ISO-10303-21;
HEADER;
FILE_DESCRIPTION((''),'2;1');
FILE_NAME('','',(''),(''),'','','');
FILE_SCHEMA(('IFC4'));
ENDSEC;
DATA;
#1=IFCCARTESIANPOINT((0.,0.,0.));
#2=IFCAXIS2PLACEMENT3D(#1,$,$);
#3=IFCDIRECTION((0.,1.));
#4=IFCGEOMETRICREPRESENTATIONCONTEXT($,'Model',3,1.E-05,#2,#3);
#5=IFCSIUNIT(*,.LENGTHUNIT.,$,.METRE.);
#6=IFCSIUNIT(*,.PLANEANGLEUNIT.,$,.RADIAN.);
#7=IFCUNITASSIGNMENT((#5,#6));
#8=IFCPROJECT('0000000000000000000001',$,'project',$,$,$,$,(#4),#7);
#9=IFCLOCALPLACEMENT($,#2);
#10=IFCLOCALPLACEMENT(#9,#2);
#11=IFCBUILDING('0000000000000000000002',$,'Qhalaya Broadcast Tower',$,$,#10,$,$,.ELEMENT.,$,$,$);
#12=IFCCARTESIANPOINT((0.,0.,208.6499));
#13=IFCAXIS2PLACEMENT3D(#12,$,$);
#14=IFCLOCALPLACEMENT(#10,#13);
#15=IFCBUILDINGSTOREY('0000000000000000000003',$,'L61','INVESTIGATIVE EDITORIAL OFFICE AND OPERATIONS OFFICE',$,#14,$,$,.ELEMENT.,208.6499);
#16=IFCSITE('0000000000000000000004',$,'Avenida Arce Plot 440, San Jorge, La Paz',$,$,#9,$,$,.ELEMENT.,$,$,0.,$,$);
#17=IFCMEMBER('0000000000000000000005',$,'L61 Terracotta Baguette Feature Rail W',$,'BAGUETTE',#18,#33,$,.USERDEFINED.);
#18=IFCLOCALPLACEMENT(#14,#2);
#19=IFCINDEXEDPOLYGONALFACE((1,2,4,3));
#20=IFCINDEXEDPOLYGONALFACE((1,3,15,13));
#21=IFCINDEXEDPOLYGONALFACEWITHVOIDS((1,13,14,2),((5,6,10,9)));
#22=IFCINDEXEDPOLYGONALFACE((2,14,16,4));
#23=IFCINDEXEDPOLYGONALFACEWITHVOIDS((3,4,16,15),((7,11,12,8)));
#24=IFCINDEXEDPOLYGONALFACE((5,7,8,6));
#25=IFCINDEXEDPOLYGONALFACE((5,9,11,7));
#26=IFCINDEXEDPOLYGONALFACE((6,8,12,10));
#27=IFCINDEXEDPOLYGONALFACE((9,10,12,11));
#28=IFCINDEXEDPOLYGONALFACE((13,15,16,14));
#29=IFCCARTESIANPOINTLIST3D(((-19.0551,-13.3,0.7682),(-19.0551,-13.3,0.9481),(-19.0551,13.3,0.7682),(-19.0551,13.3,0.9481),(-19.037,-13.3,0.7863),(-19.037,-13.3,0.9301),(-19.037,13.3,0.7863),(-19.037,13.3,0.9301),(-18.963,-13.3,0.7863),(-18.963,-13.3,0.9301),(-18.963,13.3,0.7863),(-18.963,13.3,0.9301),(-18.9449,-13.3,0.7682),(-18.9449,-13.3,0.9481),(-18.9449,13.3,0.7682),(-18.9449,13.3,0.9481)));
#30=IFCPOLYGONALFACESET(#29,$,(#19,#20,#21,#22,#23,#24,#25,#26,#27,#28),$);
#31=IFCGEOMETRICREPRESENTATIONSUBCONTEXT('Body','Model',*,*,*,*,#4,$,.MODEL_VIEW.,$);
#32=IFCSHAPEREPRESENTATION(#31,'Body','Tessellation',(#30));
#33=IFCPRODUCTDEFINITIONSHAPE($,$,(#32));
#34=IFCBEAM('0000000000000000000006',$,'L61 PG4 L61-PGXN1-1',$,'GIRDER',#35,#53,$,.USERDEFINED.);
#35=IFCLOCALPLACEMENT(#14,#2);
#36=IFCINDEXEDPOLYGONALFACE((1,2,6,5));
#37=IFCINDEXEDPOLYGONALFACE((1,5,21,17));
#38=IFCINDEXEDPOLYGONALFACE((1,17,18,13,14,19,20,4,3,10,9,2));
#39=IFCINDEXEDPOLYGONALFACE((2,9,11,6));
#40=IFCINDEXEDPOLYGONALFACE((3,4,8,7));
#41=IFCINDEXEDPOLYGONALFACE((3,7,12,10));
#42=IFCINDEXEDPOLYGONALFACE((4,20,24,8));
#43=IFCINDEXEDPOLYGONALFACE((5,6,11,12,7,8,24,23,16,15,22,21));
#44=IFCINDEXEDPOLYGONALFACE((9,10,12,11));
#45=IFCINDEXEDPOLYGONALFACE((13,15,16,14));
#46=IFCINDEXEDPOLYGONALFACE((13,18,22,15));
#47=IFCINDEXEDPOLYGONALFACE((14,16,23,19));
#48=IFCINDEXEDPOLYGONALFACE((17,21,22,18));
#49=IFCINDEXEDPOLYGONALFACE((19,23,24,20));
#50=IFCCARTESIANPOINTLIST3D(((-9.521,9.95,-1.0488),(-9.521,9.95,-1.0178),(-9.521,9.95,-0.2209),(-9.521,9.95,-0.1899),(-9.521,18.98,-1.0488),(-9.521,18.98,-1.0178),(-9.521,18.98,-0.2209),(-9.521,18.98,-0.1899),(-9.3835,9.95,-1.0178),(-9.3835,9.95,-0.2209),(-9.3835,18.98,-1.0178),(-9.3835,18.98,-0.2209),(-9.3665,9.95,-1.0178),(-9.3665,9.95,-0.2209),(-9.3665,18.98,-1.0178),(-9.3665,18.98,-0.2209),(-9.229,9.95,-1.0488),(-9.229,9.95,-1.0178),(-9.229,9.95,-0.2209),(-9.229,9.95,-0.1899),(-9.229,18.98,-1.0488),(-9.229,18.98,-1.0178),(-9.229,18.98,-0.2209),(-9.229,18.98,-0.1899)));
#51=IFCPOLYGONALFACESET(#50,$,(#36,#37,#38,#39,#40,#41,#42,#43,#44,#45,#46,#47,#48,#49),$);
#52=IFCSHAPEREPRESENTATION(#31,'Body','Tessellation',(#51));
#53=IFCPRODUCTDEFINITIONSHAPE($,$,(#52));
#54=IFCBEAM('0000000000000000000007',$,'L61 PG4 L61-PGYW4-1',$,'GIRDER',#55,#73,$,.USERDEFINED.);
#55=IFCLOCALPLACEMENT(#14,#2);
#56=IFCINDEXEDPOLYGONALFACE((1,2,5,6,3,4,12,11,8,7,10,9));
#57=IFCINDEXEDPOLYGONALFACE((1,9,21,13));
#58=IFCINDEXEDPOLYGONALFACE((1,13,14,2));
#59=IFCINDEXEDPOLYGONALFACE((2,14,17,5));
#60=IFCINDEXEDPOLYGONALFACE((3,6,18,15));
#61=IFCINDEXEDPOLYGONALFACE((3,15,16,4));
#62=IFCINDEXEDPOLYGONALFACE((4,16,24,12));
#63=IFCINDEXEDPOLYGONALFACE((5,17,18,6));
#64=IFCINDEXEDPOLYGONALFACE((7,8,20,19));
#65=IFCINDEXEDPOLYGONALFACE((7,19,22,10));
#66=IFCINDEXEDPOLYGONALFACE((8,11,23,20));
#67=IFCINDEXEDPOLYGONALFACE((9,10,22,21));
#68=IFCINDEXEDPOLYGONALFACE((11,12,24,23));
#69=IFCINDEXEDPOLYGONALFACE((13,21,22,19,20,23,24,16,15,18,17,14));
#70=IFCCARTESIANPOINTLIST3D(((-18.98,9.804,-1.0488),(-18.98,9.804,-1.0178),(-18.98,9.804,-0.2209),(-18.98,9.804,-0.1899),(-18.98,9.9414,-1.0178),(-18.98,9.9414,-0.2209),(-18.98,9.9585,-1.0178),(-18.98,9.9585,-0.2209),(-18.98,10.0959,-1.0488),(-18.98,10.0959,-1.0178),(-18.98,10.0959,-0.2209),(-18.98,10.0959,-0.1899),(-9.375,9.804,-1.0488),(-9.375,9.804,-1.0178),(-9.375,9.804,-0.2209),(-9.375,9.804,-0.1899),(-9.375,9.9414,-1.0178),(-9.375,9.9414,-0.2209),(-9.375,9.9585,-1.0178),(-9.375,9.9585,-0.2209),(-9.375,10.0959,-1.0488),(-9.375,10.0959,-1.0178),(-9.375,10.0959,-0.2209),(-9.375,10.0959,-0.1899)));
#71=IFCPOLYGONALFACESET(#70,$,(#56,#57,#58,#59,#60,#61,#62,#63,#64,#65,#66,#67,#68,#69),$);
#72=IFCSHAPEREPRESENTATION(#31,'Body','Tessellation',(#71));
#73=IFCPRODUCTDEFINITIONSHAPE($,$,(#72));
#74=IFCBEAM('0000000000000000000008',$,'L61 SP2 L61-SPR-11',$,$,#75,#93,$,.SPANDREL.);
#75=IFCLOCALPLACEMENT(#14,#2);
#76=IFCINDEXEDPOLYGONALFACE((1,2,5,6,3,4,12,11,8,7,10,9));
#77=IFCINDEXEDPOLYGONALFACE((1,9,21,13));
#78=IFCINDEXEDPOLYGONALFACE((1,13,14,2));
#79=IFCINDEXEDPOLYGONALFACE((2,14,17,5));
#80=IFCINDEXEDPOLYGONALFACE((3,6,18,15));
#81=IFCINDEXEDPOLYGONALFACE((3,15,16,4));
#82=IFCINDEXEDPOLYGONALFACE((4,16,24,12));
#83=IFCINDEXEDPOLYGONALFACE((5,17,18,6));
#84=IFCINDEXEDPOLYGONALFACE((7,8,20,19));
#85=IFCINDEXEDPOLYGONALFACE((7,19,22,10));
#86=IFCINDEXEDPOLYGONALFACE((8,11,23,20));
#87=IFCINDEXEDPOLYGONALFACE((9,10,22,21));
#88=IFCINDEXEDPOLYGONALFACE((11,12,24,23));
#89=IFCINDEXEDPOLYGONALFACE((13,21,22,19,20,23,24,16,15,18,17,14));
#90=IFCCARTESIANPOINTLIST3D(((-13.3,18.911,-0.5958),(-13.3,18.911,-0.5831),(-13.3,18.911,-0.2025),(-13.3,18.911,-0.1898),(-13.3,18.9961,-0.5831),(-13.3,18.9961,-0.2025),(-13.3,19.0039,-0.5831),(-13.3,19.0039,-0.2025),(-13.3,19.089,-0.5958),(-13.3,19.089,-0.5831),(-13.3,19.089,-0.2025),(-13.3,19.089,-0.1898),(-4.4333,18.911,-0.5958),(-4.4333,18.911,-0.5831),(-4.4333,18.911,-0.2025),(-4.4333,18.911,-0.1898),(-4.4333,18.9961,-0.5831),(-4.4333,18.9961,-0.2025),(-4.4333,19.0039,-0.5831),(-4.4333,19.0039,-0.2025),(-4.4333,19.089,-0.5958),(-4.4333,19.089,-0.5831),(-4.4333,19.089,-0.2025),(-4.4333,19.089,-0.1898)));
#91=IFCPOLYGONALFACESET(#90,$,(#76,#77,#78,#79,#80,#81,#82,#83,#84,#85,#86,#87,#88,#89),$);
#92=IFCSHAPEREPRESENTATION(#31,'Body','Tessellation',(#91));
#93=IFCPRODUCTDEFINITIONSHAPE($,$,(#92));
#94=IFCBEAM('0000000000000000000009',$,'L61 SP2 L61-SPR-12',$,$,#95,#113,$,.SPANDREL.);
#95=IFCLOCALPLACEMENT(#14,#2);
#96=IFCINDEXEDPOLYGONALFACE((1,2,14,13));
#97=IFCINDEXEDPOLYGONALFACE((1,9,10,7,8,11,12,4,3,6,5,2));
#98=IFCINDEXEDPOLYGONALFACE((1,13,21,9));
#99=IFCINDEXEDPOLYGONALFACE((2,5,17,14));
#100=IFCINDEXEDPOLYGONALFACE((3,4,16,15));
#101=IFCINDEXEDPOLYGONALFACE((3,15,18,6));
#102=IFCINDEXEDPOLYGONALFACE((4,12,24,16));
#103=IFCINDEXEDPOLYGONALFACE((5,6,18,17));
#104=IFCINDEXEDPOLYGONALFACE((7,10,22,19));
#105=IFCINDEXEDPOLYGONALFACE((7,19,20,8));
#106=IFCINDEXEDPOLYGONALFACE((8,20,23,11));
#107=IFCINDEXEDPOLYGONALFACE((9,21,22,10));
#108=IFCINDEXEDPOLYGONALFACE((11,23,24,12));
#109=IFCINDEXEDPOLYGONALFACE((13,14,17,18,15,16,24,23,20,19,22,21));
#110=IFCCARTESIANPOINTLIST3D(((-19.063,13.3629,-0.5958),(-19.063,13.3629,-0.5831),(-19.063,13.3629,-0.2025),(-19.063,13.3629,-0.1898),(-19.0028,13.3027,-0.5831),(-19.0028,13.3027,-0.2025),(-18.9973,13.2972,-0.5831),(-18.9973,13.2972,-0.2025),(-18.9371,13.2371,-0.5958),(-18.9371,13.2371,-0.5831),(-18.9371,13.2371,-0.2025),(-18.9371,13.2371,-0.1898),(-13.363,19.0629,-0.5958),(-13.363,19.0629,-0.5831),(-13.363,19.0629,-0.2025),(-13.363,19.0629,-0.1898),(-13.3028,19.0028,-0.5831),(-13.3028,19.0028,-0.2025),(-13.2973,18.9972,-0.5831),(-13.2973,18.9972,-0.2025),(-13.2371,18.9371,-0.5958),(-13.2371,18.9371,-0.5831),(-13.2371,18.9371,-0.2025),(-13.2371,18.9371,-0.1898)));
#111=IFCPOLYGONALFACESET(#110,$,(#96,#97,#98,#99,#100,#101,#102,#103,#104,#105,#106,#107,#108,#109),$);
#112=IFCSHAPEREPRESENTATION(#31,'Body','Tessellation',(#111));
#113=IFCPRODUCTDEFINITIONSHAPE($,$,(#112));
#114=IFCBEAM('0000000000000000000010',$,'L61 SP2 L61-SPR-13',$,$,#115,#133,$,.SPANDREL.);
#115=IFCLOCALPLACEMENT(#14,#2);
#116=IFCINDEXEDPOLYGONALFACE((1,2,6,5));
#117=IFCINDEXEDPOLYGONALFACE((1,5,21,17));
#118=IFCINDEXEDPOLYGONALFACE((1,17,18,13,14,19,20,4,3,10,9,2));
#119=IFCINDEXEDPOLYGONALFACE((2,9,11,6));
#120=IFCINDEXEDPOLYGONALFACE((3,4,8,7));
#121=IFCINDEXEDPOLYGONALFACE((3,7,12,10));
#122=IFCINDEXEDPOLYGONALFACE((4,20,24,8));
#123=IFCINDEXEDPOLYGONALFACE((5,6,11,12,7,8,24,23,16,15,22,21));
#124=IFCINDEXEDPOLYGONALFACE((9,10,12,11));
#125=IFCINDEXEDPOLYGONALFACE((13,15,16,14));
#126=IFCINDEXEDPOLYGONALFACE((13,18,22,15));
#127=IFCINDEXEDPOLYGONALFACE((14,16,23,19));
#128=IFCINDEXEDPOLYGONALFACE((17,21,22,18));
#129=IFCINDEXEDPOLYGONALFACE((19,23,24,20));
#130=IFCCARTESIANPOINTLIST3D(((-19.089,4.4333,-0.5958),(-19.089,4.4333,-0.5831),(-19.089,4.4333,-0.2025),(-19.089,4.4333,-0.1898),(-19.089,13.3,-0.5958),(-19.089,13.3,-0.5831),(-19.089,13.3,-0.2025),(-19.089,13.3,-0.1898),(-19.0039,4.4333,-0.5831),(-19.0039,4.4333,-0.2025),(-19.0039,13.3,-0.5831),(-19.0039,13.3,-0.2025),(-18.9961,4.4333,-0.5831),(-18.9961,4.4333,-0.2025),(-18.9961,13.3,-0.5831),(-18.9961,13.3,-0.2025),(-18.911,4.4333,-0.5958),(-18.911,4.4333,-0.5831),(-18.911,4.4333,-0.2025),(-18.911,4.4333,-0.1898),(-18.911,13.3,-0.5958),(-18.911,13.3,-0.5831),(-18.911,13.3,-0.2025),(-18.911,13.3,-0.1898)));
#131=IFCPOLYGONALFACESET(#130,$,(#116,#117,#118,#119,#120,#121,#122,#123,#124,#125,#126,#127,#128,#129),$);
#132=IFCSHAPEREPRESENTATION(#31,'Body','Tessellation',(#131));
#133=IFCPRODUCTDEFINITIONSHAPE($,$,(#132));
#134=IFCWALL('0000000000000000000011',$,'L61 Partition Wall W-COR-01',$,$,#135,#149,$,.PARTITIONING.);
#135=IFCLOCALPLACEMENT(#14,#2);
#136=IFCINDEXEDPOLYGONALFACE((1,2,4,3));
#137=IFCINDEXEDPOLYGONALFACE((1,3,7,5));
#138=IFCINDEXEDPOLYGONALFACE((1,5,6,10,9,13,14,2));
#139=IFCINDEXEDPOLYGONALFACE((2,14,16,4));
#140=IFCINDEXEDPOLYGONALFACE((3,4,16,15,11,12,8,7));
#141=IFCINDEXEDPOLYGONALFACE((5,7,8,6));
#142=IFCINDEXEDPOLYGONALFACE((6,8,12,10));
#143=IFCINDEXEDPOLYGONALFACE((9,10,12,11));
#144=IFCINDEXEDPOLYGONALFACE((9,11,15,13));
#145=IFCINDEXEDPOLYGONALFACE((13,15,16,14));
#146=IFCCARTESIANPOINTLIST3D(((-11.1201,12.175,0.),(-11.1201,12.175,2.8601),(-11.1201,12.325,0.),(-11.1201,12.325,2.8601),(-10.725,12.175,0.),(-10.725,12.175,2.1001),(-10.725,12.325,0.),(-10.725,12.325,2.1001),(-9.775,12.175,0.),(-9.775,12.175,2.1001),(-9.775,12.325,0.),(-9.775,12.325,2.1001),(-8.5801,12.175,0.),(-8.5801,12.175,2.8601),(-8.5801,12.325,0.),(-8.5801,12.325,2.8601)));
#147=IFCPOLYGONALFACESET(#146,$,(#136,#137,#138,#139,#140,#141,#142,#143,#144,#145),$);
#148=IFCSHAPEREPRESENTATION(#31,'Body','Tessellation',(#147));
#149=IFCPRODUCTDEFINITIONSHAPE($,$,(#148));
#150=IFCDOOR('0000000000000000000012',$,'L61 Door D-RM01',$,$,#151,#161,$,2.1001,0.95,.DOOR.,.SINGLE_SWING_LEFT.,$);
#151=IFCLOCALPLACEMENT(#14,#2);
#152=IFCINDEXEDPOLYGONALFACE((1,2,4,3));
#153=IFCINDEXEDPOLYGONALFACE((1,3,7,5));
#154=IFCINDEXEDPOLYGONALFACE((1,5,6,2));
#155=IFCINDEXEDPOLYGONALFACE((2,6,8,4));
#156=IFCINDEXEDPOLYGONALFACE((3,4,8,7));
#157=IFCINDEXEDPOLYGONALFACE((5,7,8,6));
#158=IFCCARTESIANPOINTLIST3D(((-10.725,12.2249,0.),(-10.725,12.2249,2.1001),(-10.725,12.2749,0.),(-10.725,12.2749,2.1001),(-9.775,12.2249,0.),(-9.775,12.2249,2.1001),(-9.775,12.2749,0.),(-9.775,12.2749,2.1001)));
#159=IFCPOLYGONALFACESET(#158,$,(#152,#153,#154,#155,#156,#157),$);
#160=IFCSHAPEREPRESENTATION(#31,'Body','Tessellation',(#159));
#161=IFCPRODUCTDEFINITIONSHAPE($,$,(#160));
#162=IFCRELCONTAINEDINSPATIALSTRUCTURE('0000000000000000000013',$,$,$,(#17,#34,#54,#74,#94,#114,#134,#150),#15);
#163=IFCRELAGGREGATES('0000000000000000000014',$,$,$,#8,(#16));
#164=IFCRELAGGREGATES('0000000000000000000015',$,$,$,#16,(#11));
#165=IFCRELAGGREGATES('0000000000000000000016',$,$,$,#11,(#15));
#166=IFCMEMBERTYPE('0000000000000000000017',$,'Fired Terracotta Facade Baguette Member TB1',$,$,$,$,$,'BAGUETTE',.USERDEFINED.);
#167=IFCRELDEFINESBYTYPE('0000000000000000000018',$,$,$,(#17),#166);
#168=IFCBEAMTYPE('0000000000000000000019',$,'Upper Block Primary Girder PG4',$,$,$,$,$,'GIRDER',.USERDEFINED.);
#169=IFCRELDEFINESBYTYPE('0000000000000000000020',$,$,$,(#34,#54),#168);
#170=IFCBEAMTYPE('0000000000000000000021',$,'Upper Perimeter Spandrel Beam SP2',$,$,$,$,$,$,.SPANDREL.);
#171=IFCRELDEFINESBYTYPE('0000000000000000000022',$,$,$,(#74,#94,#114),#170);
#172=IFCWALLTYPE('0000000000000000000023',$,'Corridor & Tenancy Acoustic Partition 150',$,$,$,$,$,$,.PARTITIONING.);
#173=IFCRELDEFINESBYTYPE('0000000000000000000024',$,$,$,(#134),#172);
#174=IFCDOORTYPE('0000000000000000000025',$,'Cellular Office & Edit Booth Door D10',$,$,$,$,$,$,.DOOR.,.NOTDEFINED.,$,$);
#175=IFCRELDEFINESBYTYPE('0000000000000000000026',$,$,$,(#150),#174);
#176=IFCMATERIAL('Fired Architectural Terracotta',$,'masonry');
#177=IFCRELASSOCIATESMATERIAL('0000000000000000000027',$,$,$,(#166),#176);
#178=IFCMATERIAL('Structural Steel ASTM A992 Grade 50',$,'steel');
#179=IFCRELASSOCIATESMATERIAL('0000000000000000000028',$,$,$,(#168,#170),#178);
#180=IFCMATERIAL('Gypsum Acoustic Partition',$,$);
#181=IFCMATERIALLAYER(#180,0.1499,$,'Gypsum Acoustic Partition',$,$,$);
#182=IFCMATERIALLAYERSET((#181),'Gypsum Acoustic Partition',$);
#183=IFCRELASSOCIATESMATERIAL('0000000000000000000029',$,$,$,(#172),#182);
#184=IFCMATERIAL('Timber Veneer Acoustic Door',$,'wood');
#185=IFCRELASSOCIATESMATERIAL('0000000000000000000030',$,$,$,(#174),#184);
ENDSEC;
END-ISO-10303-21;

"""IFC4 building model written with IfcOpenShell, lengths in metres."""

from ifc_helpers import new_model, si_unit, direction, frame, frame_2d, origin, origin_2d, place, context, subcontext, project, spatial, rectangle, hollow_rectangle, i_section, extrude, material, layer, layer_set, material_profile, profile_set, type_object, element, fill, save


model = new_model("IFC4")

# Units and contexts
model_context = context("Model", 3, precision=1e-05, world=origin(), true_north=direction((0.0, 1.0)))
body_context = subcontext(model_context, "Body", "Model", "MODEL_VIEW")
ifc_project = project(units=[si_unit("LENGTHUNIT", "METRE"), si_unit("PLANEANGLEUNIT", "RADIAN")], contexts=[model_context])

# Site, building, storey
site_placement = place(None, origin())
site = spatial("IfcSite", under=ifc_project, at=site_placement, Name="Avenida Arce Plot 440, San Jorge, La Paz", CompositionType="ELEMENT", RefElevation=0.0)
building_placement = place(site_placement, origin())
building = spatial("IfcBuilding", under=site, at=building_placement, Name="Qhalaya Broadcast Tower", CompositionType="ELEMENT")
storey_placement = place(building_placement, frame((0.0, 0.0, 208.6499)))
storey = spatial("IfcBuildingStorey", under=building, at=storey_placement, Name="L61", Description="INVESTIGATIVE EDITORIAL OFFICE AND OPERATIONS OFFICE", CompositionType="ELEMENT", Elevation=208.6499)

# Shared definitions
ifc_material_1 = material(Name="Structural Steel ASTM A992 Grade 50", Category="steel")

# Member
ifc_material_2 = material(Name="Fired Architectural Terracotta", Category="masonry")
ifc_material_profile_1 = material_profile(ifc_material_2, hollow_rectangle(XDim=0.1101, YDim=0.1799, WallThickness=0.0181, at=origin_2d()), Name="TB-BAG 110x180x18")
ifc_profile_set_1 = profile_set([ifc_material_profile_1], Name="Fired Architectural Terracotta")
member_type = type_object("IfcMemberType", Name="Fired Terracotta Facade Baguette Member TB1", ElementType="BAGUETTE", PredefinedType="USERDEFINED", material=ifc_profile_set_1)
member_placement = place(storey_placement, frame((-19.0, 13.3, 0.8582), z_axis=(0.0, -1.0, 0.0), x_axis=(1.0, 0.0, 0.0)))
element("IfcMember", 1, at=member_placement, inside=storey, type_object=member_type, Name="L61 Terracotta Baguette Feature Rail W", ObjectType="BAGUETTE", PredefinedType="USERDEFINED", context=body_context, shape_type="SweptSolid", body=[
    extrude(hollow_rectangle(XDim=0.1101, YDim=0.1799, WallThickness=0.0181, at=origin_2d()), origin(), (0.0, 0.0, 1.0), 26.6001),
])

# Beams
ifc_material_profile_2 = material_profile(ifc_material_1, i_section(OverallWidth=0.292, OverallDepth=0.8589, WebThickness=0.0171, FlangeThickness=0.031, at=origin_2d()), Name="W33X169")
ifc_profile_set_2 = profile_set([ifc_material_profile_2], Name="Structural Steel ASTM A992 Grade 50")
beam_type_1 = type_object("IfcBeamType", Name="Upper Block Primary Girder PG4", ElementType="GIRDER", PredefinedType="USERDEFINED", material=ifc_profile_set_2)
beam_1_placement = place(storey_placement, frame((-9.375, 9.95, -0.6194), z_axis=(0.0, 1.0, 0.0), x_axis=(-1.0, 0.0, 0.0)))
element("IfcBeam", 2, at=beam_1_placement, inside=storey, type_object=beam_type_1, Name="L61 PG4 L61-PGXN1-1", ObjectType="GIRDER", PredefinedType="USERDEFINED", context=body_context, shape_type="SweptSolid", body=[
    extrude(i_section(OverallWidth=0.292, OverallDepth=0.8589, WebThickness=0.0171, FlangeThickness=0.031, at=origin_2d()), origin(), (0.0, 0.0, 1.0), 9.03),
])
beam_2_placement = place(storey_placement, frame((-18.98, 9.95, -0.6194), z_axis=(1.0, 0.0, 0.0), x_axis=(0.0, 1.0, 0.0)))
element("IfcBeam", 3, at=beam_2_placement, inside=storey, type_object=beam_type_1, Name="L61 PG4 L61-PGYW4-1", ObjectType="GIRDER", PredefinedType="USERDEFINED", context=body_context, shape_type="SweptSolid", body=[
    extrude(i_section(OverallWidth=0.292, OverallDepth=0.8589, WebThickness=0.0171, FlangeThickness=0.031, at=origin_2d()), origin(), (0.0, 0.0, 1.0), 9.605),
])
ifc_material_profile_3 = material_profile(ifc_material_1, i_section(OverallWidth=0.178, OverallDepth=0.406, WebThickness=0.0078, FlangeThickness=0.0127, at=origin_2d()), Name="W16X40")
ifc_profile_set_3 = profile_set([ifc_material_profile_3], Name="Structural Steel ASTM A992 Grade 50")
beam_type_2 = type_object("IfcBeamType", Name="Upper Perimeter Spandrel Beam SP2", PredefinedType="SPANDREL", material=ifc_profile_set_3)
beam_3_placement = place(storey_placement, frame((-4.4333, 19.0, -0.3928), z_axis=(-1.0, 0.0, 0.0), x_axis=(0.0, -1.0, 0.0)))
element("IfcBeam", 4, at=beam_3_placement, inside=storey, type_object=beam_type_2, Name="L61 SP2 L61-SPR-11", PredefinedType="SPANDREL", context=body_context, shape_type="SweptSolid", body=[
    extrude(i_section(OverallWidth=0.178, OverallDepth=0.406, WebThickness=0.0078, FlangeThickness=0.0127, at=origin_2d()), origin(), (0.0, 0.0, 1.0), 8.8667),
])
beam_4_placement = place(storey_placement, frame((-13.3, 19.0, -0.3928), z_axis=(-0.707107, -0.707107, 0.0), x_axis=(0.707107, -0.707107, 0.0)))
element("IfcBeam", 5, at=beam_4_placement, inside=storey, type_object=beam_type_2, Name="L61 SP2 L61-SPR-12", PredefinedType="SPANDREL", context=body_context, shape_type="SweptSolid", body=[
    extrude(i_section(OverallWidth=0.178, OverallDepth=0.406, WebThickness=0.0078, FlangeThickness=0.0127, at=origin_2d()), origin(), (0.0, 0.0, 1.0), 8.061),
])
beam_5_placement = place(storey_placement, frame((-19.0, 13.3, -0.3928), z_axis=(0.0, -1.0, 0.0), x_axis=(1.0, 0.0, 0.0)))
element("IfcBeam", 6, at=beam_5_placement, inside=storey, type_object=beam_type_2, Name="L61 SP2 L61-SPR-13", PredefinedType="SPANDREL", context=body_context, shape_type="SweptSolid", body=[
    extrude(i_section(OverallWidth=0.178, OverallDepth=0.406, WebThickness=0.0078, FlangeThickness=0.0127, at=origin_2d()), origin(), (0.0, 0.0, 1.0), 8.8667),
])

# Wall, opening, door
ifc_material_3 = material(Name="Gypsum Acoustic Partition")
ifc_layer_1 = layer(ifc_material_3, 0.1499, Name="Gypsum Acoustic Partition")
ifc_layer_set_1 = layer_set([ifc_layer_1], Name="Gypsum Acoustic Partition")
wall_type_1 = type_object("IfcWallType", Name="Corridor & Tenancy Acoustic Partition 150", PredefinedType="PARTITIONING", material=ifc_layer_set_1)
wall_1_placement = place(storey_placement, frame((-11.1201, 12.25, 0.0), z_axis=(0.0, 0.0, 1.0), x_axis=(1.0, 0.0, 0.0)))
wall_1 = element("IfcWall", 7, at=wall_1_placement, inside=storey, type_object=wall_type_1, Name="L61 Partition Wall W-COR-01", PredefinedType="PARTITIONING", context=body_context, shape_type="SweptSolid", body=[
    extrude(rectangle(XDim=2.54, YDim=0.1499, at=frame_2d((1.27, 0.0))), origin(), (0.0, 0.0, 1.0), 2.8601),
])
opening_1_placement = place(wall_1_placement, frame((0.395, 0.0, 0.0)))
opening_1 = element("IfcOpeningElement", 8, at=opening_1_placement, cuts=wall_1, PredefinedType="OPENING", context=body_context, shape_type="SweptSolid", body=[
    extrude(rectangle(XDim=0.95, YDim=2.1001, at=frame_2d((0.4751, 1.05))), frame((0.0, 0.0869, 0.0), z_axis=(0.0, -1.0, 0.0), x_axis=(1.0, 0.0, 0.0)), (0.0, 0.0, 1.0), 0.1738),
])
ifc_material_4 = material(Name="Timber Veneer Acoustic Door", Category="wood")
door_type = type_object("IfcDoorType", Name="Cellular Office & Edit Booth Door D10", OperationType="NOTDEFINED", PredefinedType="DOOR", material=ifc_material_4)
door_1_placement = place(opening_1_placement, origin())
door_1 = element("IfcDoor", 9, at=door_1_placement, inside=storey, type_object=door_type, Name="L61 Door D-RM01", OperationType="SINGLE_SWING_LEFT", OverallHeight=2.1001, OverallWidth=0.95, PredefinedType="DOOR", context=body_context, shape_type="SweptSolid", body=[
    extrude(rectangle(XDim=0.95, YDim=2.1001, at=frame_2d((0.4751, 1.05))), frame((0.0, 0.0249, 0.0), z_axis=(0.0, -1.0, 0.0), x_axis=(1.0, 0.0, 0.0)), (0.0, 0.0, 1.0), 0.05),
])
fill(opening_1, door_1)

save(model, "model.ifc")
